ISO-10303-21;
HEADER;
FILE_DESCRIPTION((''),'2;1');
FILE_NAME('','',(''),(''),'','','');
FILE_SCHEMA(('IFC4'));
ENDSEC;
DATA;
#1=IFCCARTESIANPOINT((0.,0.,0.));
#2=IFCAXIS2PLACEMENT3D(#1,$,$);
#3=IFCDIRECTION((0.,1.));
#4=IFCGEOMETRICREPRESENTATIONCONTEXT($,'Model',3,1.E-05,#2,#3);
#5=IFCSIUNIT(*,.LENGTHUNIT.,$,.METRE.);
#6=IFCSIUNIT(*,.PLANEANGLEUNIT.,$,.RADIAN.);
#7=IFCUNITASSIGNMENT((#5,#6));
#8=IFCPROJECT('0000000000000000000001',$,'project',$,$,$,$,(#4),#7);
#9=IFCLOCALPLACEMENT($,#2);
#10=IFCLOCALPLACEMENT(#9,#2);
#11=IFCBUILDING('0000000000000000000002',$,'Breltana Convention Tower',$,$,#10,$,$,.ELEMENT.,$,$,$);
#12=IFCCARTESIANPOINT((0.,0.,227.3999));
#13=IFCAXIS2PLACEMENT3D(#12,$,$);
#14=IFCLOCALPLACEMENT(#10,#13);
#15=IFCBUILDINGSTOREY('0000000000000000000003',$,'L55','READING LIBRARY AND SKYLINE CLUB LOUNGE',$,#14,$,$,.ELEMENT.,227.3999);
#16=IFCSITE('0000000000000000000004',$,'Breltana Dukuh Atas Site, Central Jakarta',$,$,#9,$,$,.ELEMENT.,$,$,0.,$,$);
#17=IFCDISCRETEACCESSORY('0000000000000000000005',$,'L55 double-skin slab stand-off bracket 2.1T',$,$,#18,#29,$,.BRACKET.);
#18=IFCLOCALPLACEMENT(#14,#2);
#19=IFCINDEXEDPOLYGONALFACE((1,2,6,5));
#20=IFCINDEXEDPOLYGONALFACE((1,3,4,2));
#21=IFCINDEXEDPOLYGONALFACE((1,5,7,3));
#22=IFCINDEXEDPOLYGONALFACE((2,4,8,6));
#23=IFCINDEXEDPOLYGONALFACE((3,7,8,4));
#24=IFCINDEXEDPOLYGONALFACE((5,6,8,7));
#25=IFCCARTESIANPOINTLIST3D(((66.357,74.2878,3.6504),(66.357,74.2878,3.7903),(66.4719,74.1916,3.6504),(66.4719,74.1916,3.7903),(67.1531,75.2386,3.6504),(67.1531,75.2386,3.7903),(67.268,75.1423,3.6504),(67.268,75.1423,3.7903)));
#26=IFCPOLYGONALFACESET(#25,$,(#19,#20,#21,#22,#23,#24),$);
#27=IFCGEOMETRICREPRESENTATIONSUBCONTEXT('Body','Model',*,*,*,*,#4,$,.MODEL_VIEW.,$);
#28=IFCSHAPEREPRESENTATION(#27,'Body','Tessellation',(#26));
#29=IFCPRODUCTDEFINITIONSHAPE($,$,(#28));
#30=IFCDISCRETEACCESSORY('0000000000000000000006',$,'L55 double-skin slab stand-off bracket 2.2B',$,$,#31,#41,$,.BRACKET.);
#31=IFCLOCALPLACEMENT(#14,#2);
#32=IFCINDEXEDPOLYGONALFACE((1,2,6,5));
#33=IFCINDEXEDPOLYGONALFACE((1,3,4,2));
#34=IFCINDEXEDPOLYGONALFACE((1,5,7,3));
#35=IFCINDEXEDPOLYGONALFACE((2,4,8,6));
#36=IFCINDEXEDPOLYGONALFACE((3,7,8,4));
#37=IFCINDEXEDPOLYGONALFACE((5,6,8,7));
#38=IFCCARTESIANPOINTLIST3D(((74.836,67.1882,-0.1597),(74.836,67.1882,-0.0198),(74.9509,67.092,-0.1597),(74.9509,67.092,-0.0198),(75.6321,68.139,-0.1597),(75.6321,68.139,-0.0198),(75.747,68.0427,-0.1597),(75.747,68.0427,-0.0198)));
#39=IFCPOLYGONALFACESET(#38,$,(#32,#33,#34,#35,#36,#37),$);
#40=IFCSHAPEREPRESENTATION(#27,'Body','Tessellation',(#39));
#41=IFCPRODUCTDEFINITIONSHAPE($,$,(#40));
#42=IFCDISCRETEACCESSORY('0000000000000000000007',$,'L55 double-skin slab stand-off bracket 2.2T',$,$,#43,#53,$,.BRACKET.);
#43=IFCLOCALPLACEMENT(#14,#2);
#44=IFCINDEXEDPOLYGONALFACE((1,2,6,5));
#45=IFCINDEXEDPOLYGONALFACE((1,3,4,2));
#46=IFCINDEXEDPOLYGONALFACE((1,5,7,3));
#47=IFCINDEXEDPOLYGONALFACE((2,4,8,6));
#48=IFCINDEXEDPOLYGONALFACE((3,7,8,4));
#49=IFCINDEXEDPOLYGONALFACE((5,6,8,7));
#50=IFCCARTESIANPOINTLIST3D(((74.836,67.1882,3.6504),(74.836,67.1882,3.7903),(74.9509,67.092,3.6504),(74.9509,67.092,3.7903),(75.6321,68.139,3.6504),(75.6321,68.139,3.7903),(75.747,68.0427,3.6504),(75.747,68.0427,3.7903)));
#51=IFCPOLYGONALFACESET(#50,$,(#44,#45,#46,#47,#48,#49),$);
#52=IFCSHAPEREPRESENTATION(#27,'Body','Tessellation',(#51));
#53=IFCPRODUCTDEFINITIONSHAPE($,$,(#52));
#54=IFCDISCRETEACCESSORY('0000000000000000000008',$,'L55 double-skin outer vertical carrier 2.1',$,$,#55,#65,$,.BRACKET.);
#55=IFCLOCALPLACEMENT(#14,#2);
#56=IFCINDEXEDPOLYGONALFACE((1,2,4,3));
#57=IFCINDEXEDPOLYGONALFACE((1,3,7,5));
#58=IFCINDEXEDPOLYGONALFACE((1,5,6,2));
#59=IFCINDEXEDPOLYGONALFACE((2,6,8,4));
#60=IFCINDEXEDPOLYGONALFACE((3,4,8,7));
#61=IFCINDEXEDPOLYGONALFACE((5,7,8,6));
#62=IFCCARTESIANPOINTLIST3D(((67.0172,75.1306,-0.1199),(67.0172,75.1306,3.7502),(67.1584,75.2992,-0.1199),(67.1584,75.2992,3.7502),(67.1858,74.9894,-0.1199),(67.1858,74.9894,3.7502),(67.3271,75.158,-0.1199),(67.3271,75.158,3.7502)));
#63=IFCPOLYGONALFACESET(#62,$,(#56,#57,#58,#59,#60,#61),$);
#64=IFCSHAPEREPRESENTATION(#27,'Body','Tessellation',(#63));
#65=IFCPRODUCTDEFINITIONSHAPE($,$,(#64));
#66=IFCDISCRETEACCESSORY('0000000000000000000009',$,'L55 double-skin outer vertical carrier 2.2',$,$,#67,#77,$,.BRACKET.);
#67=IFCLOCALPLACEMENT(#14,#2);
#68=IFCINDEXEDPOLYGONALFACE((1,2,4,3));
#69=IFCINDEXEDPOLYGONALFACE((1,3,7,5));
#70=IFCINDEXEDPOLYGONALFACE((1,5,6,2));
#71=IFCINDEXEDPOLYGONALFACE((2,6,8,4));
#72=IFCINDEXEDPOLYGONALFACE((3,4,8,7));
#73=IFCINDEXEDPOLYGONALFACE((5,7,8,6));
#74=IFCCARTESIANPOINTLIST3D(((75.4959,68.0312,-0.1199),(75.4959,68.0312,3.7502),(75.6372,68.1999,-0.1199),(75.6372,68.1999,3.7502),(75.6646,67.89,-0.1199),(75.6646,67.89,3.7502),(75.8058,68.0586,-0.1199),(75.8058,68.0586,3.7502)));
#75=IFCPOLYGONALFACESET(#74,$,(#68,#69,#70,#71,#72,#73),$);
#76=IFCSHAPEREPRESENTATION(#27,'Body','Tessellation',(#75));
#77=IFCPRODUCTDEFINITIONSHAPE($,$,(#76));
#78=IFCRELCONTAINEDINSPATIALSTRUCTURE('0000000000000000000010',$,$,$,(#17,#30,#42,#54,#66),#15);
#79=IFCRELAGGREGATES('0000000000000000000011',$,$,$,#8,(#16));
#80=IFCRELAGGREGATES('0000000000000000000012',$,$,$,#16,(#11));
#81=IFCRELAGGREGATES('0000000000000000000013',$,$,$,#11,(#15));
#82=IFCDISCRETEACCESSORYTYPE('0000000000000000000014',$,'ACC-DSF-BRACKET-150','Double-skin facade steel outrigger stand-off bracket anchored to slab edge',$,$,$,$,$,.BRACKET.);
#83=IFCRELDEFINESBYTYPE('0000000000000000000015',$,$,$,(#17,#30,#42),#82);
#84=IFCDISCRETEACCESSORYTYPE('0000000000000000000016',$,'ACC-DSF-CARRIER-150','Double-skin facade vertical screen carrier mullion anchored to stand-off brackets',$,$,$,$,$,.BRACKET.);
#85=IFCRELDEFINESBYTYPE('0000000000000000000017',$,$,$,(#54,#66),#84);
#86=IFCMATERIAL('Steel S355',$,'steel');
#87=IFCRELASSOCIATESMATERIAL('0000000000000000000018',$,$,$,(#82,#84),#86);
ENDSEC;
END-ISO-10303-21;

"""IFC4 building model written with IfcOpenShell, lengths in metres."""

from ifc_helpers import new_model, si_unit, direction, frame, origin, origin_2d, place, context, subcontext, project, spatial, rectangle, extrude, source, transform, mapped, material, type_object, type_shapes, element, save


model = new_model("IFC4")

# Units and contexts
model_context = context("Model", 3, precision=1e-05, world=origin(), true_north=direction((0.0, 1.0)))
body_context = subcontext(model_context, "Body", "Model", "MODEL_VIEW")
ifc_project = project(units=[si_unit("LENGTHUNIT", "METRE"), si_unit("PLANEANGLEUNIT", "RADIAN")], contexts=[model_context])

# Site, building, storey
site_placement = place(None, origin())
site = spatial("IfcSite", under=ifc_project, at=site_placement, Name="Breltana Dukuh Atas Site, Central Jakarta", CompositionType="ELEMENT", RefElevation=0.0)
building_placement = place(site_placement, origin())
building = spatial("IfcBuilding", under=site, at=building_placement, Name="Breltana Convention Tower", CompositionType="ELEMENT")
storey_placement = place(building_placement, frame((0.0, 0.0, 227.3999)))
storey = spatial("IfcBuildingStorey", under=building, at=storey_placement, Name="L55", Description="READING LIBRARY AND SKYLINE CLUB LOUNGE", CompositionType="ELEMENT", Elevation=227.3999)

# Discrete accessories
ifc_material_1 = material(Name="Steel S355", Category="steel")
discrete_accessory_type_1 = type_object("IfcDiscreteAccessoryType", Name="ACC-DSF-BRACKET-150", Description="Double-skin facade steel outrigger stand-off bracket anchored to slab edge", PredefinedType="BRACKET", material=ifc_material_1)
shared_shape_1 = source(origin(), body_context, "Body", "SweptSolid", [
    extrude(rectangle(XDim=1.24, YDim=0.1499, at=origin_2d()), origin(), (0.0, 0.0, 1.0), 0.1399),
])
type_shapes(discrete_accessory_type_1, [shared_shape_1])
for number, where, z_axis, x_axis, name in (
    (1, (66.8125, 74.7151, 3.6504), (0.0, 0.0, 1.0), (0.641984, 0.766718, 0.0), "L55 double-skin slab stand-off bracket 2.1T"),
    (2, (75.2915, 67.6155, -0.1597), (0.0, 0.0, 1.0), (0.641984, 0.766718, 0.0), "L55 double-skin slab stand-off bracket 2.2B"),
    (3, (75.2915, 67.6155, 3.6504), (0.0, 0.0, 1.0), (0.641984, 0.766718, 0.0), "L55 double-skin slab stand-off bracket 2.2T"),
):
    element("IfcDiscreteAccessory", number, at=place(storey_placement, frame(where, z_axis=z_axis, x_axis=x_axis)), inside=storey, type_object=discrete_accessory_type_1, Name=name, PredefinedType="BRACKET", context=body_context, shape_type="MappedRepresentation", body=[
        mapped(shared_shape_1, transform((0.0, 0.0, 0.0), scale=1.0)),
    ])
discrete_accessory_type_2 = type_object("IfcDiscreteAccessoryType", Name="ACC-DSF-CARRIER-150", Description="Double-skin facade vertical screen carrier mullion anchored to stand-off brackets", PredefinedType="BRACKET", material=ifc_material_1)
shared_shape_2 = source(origin(), body_context, "Body", "SweptSolid", [
    extrude(rectangle(XDim=0.22, YDim=0.22, at=origin_2d()), origin(), (0.0, 0.0, 1.0), 3.8701),
])
for number, where, z_axis, x_axis, name in (
    (4, (67.1721, 75.1443, -0.1199), (0.0, 0.0, 1.0), (0.641984, 0.766718, 0.0), "L55 double-skin outer vertical carrier 2.1"),
    (5, (75.6509, 68.0449, -0.1199), (0.0, 0.0, 1.0), (0.641984, 0.766718, 0.0), "L55 double-skin outer vertical carrier 2.2"),
):
    element("IfcDiscreteAccessory", number, at=place(storey_placement, frame(where, z_axis=z_axis, x_axis=x_axis)), inside=storey, type_object=discrete_accessory_type_2, Name=name, PredefinedType="BRACKET", context=body_context, shape_type="MappedRepresentation", body=[
        mapped(shared_shape_2, transform((0.0, 0.0, 0.0), scale=1.0)),
    ])

save(model, "model.ifc")
